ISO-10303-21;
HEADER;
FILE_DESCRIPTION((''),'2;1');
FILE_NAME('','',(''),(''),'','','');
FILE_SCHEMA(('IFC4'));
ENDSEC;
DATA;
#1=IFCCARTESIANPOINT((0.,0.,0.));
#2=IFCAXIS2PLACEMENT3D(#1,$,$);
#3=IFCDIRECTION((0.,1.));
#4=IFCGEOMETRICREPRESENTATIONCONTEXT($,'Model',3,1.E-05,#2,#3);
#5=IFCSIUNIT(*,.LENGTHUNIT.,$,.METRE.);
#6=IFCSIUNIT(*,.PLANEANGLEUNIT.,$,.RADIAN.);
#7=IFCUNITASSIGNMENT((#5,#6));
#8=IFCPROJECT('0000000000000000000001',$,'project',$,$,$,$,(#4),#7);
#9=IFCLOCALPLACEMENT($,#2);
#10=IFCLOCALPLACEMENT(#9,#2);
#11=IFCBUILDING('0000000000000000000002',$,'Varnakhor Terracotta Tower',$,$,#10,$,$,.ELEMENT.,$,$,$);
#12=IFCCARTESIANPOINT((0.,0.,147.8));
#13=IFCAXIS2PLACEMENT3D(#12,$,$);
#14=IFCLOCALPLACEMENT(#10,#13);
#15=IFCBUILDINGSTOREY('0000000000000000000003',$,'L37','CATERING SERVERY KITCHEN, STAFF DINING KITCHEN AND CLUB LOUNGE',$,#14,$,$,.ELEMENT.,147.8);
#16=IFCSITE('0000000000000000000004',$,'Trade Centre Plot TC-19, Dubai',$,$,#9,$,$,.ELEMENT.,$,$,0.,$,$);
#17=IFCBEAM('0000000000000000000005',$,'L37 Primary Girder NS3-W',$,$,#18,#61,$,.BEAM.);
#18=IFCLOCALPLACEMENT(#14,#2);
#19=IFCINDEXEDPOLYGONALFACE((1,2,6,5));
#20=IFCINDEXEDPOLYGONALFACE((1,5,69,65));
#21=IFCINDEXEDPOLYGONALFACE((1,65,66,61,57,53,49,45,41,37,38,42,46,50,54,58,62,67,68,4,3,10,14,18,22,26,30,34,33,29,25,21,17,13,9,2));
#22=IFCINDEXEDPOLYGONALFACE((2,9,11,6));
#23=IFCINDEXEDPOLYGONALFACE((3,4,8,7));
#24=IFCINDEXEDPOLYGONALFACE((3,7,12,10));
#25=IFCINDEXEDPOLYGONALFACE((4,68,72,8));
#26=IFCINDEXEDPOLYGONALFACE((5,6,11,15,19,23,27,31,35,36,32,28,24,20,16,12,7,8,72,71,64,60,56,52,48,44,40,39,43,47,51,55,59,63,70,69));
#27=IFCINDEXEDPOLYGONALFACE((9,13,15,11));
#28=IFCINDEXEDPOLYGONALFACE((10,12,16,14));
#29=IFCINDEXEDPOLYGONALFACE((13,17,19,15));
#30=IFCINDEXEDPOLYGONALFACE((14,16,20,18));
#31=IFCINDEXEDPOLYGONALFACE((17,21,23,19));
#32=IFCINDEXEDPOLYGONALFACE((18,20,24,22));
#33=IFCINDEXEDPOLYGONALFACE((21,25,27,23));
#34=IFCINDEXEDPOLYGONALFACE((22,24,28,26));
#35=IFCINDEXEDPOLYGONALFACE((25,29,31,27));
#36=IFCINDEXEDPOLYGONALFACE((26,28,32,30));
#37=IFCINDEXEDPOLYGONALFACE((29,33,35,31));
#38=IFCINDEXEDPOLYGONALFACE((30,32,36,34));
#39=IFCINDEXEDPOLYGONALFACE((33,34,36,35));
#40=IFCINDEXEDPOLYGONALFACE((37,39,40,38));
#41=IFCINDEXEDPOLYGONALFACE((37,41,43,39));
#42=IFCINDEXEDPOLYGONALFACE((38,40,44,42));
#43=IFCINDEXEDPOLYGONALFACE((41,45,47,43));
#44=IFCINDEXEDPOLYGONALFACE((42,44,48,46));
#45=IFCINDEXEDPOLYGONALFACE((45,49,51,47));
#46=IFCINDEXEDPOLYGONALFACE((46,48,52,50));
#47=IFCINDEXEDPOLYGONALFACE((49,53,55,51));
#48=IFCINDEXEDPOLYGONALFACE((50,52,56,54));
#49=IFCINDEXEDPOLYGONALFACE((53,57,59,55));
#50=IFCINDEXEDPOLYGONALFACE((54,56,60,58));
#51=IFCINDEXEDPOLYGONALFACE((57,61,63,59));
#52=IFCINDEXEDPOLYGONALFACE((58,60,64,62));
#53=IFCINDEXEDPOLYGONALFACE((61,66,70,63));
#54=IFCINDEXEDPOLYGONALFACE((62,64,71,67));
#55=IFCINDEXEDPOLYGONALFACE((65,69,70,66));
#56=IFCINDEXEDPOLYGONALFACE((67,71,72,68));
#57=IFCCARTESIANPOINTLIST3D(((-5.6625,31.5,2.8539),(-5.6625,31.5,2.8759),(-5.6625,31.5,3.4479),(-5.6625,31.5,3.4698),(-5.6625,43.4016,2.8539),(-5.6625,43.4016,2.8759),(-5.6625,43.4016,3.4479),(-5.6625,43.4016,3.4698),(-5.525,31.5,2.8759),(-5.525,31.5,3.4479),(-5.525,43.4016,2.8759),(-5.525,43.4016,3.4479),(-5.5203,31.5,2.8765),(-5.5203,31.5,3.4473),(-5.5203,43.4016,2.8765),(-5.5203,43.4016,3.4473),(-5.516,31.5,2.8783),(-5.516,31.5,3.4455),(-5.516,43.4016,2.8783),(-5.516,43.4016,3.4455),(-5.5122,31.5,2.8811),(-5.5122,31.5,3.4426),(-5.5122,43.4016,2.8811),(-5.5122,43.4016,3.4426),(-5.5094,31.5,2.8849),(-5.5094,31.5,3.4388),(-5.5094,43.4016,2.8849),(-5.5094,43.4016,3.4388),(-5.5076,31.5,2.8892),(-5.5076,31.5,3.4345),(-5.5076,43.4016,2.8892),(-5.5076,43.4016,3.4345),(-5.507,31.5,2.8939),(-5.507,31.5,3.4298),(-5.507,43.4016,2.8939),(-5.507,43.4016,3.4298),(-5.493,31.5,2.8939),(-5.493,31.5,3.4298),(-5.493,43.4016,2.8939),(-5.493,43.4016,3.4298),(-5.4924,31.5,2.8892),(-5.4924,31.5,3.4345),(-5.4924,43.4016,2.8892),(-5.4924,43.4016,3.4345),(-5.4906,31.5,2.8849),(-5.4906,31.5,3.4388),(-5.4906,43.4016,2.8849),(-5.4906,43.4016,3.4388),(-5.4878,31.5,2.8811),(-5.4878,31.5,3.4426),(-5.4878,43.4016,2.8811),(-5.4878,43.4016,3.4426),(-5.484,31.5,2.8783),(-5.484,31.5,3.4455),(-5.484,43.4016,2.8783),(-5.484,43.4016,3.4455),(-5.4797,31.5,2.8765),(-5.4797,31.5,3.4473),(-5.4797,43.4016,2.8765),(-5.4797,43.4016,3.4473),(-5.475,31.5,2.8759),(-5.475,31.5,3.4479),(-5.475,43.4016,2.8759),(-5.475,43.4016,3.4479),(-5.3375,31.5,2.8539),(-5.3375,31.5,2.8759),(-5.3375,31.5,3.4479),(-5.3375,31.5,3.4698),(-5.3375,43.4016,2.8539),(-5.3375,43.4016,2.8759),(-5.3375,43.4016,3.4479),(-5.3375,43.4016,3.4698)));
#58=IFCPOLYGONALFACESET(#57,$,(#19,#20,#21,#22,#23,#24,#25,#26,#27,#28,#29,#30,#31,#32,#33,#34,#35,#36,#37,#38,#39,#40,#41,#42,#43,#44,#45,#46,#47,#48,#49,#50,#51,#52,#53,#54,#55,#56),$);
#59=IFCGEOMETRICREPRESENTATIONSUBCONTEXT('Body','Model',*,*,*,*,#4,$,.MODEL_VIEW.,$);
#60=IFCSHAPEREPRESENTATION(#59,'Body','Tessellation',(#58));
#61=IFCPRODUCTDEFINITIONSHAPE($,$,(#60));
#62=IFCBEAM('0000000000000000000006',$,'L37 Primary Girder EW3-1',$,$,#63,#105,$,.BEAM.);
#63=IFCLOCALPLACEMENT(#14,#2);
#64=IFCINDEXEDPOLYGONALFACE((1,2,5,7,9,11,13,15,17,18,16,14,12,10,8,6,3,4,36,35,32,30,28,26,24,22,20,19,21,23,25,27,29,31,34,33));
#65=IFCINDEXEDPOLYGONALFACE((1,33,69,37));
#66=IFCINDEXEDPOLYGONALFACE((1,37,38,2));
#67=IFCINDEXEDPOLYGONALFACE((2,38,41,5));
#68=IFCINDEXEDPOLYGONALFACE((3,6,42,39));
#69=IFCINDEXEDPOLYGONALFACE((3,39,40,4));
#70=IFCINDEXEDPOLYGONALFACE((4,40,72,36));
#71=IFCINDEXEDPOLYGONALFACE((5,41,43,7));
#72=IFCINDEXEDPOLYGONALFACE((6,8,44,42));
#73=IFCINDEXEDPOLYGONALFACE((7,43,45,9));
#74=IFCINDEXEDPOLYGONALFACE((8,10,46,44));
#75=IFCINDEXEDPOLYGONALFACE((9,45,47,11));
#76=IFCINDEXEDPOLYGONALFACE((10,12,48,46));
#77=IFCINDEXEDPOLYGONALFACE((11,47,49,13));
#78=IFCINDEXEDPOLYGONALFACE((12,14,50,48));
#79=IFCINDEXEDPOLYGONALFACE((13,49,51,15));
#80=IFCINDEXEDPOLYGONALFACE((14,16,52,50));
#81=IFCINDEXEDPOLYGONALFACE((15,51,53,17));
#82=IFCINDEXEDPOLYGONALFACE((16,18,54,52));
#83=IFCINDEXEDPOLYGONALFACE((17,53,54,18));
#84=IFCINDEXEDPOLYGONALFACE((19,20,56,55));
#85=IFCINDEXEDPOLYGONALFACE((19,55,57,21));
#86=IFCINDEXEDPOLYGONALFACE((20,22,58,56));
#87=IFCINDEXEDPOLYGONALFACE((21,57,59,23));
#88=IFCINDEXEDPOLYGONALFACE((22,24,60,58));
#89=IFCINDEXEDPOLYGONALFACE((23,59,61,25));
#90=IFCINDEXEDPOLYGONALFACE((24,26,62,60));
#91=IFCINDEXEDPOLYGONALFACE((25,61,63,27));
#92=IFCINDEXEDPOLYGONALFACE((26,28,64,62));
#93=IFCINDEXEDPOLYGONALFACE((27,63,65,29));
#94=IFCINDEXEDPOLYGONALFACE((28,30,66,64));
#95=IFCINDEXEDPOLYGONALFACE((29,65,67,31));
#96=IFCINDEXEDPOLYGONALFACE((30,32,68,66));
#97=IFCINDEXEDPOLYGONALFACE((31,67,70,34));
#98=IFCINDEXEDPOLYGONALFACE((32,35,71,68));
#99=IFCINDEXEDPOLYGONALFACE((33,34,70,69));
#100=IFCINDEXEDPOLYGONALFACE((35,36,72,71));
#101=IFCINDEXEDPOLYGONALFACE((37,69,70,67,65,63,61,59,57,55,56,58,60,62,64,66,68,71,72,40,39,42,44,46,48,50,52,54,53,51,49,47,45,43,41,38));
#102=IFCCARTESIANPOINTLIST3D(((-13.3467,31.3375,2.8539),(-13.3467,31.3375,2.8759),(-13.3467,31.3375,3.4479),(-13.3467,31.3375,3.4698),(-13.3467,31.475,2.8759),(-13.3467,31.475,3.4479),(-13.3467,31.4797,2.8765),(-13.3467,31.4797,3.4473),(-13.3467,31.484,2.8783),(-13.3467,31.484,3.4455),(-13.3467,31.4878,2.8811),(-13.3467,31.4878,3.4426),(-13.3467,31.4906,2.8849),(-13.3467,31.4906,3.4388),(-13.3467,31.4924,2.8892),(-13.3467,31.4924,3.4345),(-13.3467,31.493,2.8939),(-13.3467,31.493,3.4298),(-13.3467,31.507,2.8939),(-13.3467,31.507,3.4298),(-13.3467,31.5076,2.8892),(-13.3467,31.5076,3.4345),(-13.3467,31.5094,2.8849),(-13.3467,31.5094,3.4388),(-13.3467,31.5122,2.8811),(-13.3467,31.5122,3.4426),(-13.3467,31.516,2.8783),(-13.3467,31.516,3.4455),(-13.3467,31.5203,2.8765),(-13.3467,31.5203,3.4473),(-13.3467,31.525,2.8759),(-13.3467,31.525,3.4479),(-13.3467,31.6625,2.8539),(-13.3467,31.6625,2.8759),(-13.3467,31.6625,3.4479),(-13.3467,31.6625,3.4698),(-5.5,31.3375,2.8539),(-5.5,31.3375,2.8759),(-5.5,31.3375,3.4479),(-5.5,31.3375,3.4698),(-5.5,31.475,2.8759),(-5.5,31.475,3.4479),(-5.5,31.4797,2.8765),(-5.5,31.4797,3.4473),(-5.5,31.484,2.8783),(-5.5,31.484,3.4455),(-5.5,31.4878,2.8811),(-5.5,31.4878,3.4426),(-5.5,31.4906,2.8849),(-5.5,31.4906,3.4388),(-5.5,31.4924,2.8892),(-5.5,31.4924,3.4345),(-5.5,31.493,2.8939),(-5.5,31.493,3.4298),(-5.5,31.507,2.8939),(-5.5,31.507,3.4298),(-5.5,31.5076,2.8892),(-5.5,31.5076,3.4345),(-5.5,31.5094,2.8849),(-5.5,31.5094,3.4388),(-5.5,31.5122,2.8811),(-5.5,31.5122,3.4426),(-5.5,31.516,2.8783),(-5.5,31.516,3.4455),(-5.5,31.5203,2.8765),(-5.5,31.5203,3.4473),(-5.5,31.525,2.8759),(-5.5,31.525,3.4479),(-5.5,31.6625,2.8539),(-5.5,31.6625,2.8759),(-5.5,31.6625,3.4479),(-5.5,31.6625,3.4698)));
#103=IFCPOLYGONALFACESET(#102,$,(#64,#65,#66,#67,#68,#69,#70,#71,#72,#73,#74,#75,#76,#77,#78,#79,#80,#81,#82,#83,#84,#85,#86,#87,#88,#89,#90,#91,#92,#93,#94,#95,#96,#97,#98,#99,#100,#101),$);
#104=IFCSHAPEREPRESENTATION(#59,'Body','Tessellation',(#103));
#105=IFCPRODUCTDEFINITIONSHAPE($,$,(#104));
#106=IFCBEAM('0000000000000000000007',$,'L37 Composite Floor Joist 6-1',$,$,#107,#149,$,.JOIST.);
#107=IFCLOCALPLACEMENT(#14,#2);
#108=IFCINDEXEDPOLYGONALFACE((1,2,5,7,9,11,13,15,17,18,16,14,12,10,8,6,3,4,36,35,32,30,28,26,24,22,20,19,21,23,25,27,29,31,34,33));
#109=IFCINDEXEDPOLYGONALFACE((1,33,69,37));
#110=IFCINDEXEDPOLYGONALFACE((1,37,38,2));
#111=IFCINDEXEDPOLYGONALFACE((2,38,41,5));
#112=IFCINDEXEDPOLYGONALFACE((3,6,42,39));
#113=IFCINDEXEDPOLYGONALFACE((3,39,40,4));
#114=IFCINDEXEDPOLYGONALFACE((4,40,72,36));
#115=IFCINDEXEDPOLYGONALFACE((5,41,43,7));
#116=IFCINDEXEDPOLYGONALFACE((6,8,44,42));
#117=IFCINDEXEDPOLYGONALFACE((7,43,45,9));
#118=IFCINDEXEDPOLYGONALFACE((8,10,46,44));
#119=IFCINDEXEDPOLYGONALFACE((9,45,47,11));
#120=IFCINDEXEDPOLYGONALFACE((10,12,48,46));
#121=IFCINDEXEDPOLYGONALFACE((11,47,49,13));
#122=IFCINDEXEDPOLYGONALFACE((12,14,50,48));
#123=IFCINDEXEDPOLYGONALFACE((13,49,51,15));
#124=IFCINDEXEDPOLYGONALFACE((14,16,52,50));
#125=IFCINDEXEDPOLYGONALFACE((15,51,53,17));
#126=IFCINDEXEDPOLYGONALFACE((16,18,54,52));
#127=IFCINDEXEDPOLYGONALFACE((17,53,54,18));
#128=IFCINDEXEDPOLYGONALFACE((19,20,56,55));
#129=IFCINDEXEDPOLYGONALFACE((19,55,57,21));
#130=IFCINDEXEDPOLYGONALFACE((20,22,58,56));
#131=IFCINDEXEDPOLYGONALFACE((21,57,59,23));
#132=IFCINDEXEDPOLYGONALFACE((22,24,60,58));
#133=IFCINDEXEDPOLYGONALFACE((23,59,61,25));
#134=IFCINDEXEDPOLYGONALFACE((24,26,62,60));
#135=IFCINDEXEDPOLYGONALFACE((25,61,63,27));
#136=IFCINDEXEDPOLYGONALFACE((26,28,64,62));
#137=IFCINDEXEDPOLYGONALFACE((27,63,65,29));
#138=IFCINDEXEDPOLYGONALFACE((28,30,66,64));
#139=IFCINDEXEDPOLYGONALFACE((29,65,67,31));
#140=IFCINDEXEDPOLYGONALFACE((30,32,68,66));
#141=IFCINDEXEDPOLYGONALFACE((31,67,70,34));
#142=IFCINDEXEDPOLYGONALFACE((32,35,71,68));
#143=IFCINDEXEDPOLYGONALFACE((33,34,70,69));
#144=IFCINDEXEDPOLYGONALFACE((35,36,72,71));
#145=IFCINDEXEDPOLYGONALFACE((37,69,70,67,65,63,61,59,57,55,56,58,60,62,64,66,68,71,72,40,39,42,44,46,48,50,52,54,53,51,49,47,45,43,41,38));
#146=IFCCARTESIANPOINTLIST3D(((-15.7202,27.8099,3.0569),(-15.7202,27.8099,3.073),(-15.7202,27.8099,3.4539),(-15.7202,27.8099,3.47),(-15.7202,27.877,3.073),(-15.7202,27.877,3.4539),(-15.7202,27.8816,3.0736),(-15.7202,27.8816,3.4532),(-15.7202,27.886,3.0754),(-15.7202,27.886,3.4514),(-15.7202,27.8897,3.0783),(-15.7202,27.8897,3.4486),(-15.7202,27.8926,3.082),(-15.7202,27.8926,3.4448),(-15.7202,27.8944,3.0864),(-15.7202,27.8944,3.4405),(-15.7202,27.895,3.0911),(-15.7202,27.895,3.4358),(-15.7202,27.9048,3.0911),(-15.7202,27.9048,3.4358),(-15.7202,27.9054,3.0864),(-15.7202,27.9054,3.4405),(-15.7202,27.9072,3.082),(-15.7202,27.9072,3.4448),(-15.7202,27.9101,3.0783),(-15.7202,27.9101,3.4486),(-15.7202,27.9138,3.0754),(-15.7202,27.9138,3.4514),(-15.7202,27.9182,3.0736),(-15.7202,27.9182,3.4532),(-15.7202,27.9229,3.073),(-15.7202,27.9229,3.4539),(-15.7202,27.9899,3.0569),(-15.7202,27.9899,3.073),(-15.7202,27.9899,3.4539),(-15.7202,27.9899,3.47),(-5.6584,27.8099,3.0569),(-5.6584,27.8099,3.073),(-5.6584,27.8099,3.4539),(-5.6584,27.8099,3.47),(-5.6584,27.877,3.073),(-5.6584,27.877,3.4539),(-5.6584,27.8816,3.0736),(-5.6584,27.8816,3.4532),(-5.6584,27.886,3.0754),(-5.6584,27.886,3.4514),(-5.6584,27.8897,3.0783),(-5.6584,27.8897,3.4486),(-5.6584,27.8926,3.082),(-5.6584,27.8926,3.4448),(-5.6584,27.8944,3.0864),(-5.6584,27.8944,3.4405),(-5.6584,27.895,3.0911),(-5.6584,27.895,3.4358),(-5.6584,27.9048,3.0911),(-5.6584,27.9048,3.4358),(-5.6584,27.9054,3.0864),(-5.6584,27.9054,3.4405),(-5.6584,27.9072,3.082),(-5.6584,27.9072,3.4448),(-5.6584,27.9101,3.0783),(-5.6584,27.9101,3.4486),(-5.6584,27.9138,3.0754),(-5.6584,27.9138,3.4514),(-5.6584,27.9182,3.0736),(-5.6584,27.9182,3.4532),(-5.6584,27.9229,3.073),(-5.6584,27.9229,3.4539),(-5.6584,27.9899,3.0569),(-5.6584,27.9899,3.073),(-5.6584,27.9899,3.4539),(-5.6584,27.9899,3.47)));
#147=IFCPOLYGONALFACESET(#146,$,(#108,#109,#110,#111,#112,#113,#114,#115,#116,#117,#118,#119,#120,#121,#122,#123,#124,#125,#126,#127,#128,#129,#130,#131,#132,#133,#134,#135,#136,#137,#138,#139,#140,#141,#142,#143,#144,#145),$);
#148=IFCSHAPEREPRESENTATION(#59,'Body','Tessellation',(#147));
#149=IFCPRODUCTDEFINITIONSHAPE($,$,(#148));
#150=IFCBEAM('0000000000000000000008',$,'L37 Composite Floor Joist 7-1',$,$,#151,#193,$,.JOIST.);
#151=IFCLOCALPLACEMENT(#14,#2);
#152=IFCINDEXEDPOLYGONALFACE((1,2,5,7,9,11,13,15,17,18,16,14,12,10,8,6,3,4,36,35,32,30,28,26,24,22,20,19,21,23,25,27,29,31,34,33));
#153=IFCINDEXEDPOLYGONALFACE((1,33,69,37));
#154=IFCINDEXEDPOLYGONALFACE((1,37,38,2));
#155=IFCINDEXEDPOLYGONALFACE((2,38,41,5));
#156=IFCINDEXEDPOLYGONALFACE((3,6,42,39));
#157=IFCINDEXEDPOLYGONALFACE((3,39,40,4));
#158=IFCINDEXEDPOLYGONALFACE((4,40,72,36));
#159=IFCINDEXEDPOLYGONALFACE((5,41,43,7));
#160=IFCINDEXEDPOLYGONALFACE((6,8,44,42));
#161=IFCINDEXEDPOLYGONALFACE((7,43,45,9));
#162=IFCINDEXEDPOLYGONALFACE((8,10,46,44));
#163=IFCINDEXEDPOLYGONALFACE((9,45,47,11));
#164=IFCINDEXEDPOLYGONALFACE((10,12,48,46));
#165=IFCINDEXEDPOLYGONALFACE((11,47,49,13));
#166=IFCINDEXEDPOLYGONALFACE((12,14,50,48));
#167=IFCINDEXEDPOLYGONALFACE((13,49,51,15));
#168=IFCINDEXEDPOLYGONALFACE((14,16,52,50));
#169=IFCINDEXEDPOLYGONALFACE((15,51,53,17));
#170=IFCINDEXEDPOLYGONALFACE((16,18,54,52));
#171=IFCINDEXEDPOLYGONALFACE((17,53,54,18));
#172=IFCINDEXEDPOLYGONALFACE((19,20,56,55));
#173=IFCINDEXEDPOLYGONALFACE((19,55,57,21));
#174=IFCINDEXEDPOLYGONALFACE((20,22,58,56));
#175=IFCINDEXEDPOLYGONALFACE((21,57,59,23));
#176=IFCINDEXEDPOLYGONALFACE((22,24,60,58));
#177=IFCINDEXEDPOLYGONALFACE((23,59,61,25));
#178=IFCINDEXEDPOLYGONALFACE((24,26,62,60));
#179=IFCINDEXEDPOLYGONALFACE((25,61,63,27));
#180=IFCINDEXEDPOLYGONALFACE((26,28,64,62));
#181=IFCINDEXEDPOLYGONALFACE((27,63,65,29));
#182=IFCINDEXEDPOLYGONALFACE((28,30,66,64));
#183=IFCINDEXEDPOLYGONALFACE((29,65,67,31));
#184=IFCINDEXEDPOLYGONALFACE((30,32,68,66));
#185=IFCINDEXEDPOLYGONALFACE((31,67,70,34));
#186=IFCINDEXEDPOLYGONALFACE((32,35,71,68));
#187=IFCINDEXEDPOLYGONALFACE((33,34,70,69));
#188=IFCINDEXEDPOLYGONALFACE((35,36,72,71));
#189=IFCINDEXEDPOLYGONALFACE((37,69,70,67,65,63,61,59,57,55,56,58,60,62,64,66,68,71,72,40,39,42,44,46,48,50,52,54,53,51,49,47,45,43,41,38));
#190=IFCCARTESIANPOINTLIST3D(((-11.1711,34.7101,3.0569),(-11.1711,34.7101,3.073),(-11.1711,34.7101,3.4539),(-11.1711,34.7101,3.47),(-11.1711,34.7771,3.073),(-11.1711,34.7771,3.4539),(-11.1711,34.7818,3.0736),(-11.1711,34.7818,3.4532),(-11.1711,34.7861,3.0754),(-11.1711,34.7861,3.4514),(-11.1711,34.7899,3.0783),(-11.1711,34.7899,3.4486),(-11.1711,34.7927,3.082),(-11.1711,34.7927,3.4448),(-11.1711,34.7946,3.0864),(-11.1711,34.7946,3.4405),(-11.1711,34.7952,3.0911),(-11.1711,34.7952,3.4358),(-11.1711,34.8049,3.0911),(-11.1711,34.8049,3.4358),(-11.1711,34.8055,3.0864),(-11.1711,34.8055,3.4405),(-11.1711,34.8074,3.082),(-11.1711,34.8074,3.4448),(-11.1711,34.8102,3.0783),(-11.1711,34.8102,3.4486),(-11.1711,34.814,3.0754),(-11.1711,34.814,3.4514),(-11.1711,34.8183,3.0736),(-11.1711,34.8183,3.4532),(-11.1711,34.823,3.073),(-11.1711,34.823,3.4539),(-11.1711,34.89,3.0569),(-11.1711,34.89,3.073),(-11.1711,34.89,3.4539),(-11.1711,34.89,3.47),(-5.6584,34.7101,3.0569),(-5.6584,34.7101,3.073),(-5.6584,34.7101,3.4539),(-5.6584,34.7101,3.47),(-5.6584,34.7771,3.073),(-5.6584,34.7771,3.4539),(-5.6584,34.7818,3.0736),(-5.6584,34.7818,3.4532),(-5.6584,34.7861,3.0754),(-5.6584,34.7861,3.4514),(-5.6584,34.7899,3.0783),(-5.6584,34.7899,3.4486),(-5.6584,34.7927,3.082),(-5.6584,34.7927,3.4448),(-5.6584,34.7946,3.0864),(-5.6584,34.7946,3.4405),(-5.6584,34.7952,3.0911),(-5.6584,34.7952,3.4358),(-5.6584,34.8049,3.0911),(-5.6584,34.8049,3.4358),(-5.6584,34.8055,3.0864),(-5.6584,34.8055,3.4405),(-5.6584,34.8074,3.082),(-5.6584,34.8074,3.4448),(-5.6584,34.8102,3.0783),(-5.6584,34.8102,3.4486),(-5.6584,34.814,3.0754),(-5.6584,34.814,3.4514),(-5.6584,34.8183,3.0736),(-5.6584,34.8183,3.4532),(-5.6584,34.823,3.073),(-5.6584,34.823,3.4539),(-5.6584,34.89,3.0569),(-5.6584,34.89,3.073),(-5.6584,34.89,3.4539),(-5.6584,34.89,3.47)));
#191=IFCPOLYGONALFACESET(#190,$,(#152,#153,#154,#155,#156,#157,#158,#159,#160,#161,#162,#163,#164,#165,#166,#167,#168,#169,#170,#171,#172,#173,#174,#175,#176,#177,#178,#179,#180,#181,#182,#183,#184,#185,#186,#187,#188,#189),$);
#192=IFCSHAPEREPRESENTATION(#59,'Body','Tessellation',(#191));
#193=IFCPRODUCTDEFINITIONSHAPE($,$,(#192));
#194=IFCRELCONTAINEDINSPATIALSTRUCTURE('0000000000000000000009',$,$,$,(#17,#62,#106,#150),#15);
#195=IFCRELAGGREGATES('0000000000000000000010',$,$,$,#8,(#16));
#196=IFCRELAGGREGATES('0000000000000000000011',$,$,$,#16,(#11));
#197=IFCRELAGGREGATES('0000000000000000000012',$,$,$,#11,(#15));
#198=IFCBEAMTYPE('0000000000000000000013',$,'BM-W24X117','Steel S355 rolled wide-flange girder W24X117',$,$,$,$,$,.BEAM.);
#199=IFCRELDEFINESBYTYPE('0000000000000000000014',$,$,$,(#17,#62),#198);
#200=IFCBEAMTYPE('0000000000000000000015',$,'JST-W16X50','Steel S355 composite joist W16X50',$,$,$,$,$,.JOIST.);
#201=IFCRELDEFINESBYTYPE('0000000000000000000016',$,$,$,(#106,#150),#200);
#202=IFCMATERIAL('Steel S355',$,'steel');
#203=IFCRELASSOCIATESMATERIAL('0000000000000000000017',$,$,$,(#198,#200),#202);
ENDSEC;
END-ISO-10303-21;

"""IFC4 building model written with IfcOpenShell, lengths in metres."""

from ifc_helpers import new_model, si_unit, direction, frame, origin, origin_2d, place, context, subcontext, project, spatial, i_section, extrude, source, transform, mapped, material, material_profile, profile_set, type_object, element, save


model = new_model("IFC4")

# Units and contexts
model_context = context("Model", 3, precision=1e-05, world=origin(), true_north=direction((0.0, 1.0)))
body_context = subcontext(model_context, "Body", "Model", "MODEL_VIEW")
ifc_project = project(units=[si_unit("LENGTHUNIT", "METRE"), si_unit("PLANEANGLEUNIT", "RADIAN")], contexts=[model_context])

# Site, building, storey
site_placement = place(None, origin())
site = spatial("IfcSite", under=ifc_project, at=site_placement, Name="Trade Centre Plot TC-19, Dubai", CompositionType="ELEMENT", RefElevation=0.0)
building_placement = place(site_placement, origin())
building = spatial("IfcBuilding", under=site, at=building_placement, Name="Varnakhor Terracotta Tower", CompositionType="ELEMENT")
storey_placement = place(building_placement, frame((0.0, 0.0, 147.8)))
storey = spatial("IfcBuildingStorey", under=building, at=storey_placement, Name="L37", Description="CATERING SERVERY KITCHEN, STAFF DINING KITCHEN AND CLUB LOUNGE", CompositionType="ELEMENT", Elevation=147.8)

# Beams
ifc_material_1 = material(Name="Steel S355", Category="steel")
ifc_material_profile_1 = material_profile(ifc_material_1, i_section(OverallWidth=0.325, OverallDepth=0.616, WebThickness=0.0139, FlangeThickness=0.022, FilletRadius=0.0181, at=origin_2d()), Name="W24X117")
ifc_profile_set_1 = profile_set([ifc_material_profile_1], Name="Steel S355")
beam_type_1 = type_object("IfcBeamType", Name="BM-W24X117", Description="Steel S355 rolled wide-flange girder W24X117", PredefinedType="BEAM", material=ifc_profile_set_1)
ifc_material_profile_2 = material_profile(ifc_material_1, i_section(OverallWidth=0.1799, OverallDepth=0.4131, WebThickness=0.0098, FlangeThickness=0.0161, FilletRadius=0.0181, at=origin_2d()), Name="W16X50")
ifc_profile_set_2 = profile_set([ifc_material_profile_2], Name="Steel S355")
beam_type_2 = type_object("IfcBeamType", Name="JST-W16X50", Description="Steel S355 composite joist W16X50", PredefinedType="JOIST", material=ifc_profile_set_2)
shared_shape_1 = source(origin(), body_context, "Body", "SweptSolid", [
    extrude(i_section(OverallWidth=0.325, OverallDepth=0.616, WebThickness=0.0139, FlangeThickness=0.022, FilletRadius=0.0181, at=origin_2d()), origin(), (0.0, 0.0, 1.0), 11.9016),
])
beam_1_placement = place(storey_placement, frame((-5.5, 31.5, 3.1619), z_axis=(0.0, 1.0, 0.0), x_axis=(-1.0, 0.0, 0.0)))
element("IfcBeam", 1, at=beam_1_placement, inside=storey, type_object=beam_type_1, Name="L37 Primary Girder NS3-W", PredefinedType="BEAM", context=body_context, shape_type="MappedRepresentation", body=[
    mapped(shared_shape_1, transform((0.0, 0.0, 0.0), scale=1.0)),
])
shared_shape_2 = source(origin(), body_context, "Body", "SweptSolid", [
    extrude(i_section(OverallWidth=0.325, OverallDepth=0.616, WebThickness=0.0139, FlangeThickness=0.022, FilletRadius=0.0181, at=origin_2d()), origin(), (0.0, 0.0, 1.0), 7.8467),
])
beam_2_placement = place(storey_placement, frame((-13.3467, 31.5, 3.1619), z_axis=(1.0, 0.0, 0.0), x_axis=(0.0, 1.0, 0.0)))
element("IfcBeam", 2, at=beam_2_placement, inside=storey, type_object=beam_type_1, Name="L37 Primary Girder EW3-1", PredefinedType="BEAM", context=body_context, shape_type="MappedRepresentation", body=[
    mapped(shared_shape_2, transform((0.0, 0.0, 0.0), scale=1.0)),
])
shared_shape_3 = source(origin(), body_context, "Body", "SweptSolid", [
    extrude(i_section(OverallWidth=0.1799, OverallDepth=0.4131, WebThickness=0.0098, FlangeThickness=0.0161, FilletRadius=0.0181, at=origin_2d()), origin(), (0.0, 0.0, 1.0), 10.0618),
])
beam_3_placement = place(storey_placement, frame((-15.7202, 27.8999, 3.2634), z_axis=(1.0, 0.0, 0.0), x_axis=(0.0, 1.0, 0.0)))
element("IfcBeam", 3, at=beam_3_placement, inside=storey, type_object=beam_type_2, Name="L37 Composite Floor Joist 6-1", PredefinedType="JOIST", context=body_context, shape_type="MappedRepresentation", body=[
    mapped(shared_shape_3, transform((0.0, 0.0, 0.0), scale=1.0)),
])
shared_shape_4 = source(origin(), body_context, "Body", "SweptSolid", [
    extrude(i_section(OverallWidth=0.1799, OverallDepth=0.4131, WebThickness=0.0098, FlangeThickness=0.0161, FilletRadius=0.0181, at=origin_2d()), origin(), (0.0, 0.0, 1.0), 5.5127),
])
beam_4_placement = place(storey_placement, frame((-11.1711, 34.8, 3.2634), z_axis=(1.0, 0.0, 0.0), x_axis=(0.0, 1.0, 0.0)))
element("IfcBeam", 4, at=beam_4_placement, inside=storey, type_object=beam_type_2, Name="L37 Composite Floor Joist 7-1", PredefinedType="JOIST", context=body_context, shape_type="MappedRepresentation", body=[
    mapped(shared_shape_4, transform((0.0, 0.0, 0.0), scale=1.0)),
])

save(model, "model.ifc")
